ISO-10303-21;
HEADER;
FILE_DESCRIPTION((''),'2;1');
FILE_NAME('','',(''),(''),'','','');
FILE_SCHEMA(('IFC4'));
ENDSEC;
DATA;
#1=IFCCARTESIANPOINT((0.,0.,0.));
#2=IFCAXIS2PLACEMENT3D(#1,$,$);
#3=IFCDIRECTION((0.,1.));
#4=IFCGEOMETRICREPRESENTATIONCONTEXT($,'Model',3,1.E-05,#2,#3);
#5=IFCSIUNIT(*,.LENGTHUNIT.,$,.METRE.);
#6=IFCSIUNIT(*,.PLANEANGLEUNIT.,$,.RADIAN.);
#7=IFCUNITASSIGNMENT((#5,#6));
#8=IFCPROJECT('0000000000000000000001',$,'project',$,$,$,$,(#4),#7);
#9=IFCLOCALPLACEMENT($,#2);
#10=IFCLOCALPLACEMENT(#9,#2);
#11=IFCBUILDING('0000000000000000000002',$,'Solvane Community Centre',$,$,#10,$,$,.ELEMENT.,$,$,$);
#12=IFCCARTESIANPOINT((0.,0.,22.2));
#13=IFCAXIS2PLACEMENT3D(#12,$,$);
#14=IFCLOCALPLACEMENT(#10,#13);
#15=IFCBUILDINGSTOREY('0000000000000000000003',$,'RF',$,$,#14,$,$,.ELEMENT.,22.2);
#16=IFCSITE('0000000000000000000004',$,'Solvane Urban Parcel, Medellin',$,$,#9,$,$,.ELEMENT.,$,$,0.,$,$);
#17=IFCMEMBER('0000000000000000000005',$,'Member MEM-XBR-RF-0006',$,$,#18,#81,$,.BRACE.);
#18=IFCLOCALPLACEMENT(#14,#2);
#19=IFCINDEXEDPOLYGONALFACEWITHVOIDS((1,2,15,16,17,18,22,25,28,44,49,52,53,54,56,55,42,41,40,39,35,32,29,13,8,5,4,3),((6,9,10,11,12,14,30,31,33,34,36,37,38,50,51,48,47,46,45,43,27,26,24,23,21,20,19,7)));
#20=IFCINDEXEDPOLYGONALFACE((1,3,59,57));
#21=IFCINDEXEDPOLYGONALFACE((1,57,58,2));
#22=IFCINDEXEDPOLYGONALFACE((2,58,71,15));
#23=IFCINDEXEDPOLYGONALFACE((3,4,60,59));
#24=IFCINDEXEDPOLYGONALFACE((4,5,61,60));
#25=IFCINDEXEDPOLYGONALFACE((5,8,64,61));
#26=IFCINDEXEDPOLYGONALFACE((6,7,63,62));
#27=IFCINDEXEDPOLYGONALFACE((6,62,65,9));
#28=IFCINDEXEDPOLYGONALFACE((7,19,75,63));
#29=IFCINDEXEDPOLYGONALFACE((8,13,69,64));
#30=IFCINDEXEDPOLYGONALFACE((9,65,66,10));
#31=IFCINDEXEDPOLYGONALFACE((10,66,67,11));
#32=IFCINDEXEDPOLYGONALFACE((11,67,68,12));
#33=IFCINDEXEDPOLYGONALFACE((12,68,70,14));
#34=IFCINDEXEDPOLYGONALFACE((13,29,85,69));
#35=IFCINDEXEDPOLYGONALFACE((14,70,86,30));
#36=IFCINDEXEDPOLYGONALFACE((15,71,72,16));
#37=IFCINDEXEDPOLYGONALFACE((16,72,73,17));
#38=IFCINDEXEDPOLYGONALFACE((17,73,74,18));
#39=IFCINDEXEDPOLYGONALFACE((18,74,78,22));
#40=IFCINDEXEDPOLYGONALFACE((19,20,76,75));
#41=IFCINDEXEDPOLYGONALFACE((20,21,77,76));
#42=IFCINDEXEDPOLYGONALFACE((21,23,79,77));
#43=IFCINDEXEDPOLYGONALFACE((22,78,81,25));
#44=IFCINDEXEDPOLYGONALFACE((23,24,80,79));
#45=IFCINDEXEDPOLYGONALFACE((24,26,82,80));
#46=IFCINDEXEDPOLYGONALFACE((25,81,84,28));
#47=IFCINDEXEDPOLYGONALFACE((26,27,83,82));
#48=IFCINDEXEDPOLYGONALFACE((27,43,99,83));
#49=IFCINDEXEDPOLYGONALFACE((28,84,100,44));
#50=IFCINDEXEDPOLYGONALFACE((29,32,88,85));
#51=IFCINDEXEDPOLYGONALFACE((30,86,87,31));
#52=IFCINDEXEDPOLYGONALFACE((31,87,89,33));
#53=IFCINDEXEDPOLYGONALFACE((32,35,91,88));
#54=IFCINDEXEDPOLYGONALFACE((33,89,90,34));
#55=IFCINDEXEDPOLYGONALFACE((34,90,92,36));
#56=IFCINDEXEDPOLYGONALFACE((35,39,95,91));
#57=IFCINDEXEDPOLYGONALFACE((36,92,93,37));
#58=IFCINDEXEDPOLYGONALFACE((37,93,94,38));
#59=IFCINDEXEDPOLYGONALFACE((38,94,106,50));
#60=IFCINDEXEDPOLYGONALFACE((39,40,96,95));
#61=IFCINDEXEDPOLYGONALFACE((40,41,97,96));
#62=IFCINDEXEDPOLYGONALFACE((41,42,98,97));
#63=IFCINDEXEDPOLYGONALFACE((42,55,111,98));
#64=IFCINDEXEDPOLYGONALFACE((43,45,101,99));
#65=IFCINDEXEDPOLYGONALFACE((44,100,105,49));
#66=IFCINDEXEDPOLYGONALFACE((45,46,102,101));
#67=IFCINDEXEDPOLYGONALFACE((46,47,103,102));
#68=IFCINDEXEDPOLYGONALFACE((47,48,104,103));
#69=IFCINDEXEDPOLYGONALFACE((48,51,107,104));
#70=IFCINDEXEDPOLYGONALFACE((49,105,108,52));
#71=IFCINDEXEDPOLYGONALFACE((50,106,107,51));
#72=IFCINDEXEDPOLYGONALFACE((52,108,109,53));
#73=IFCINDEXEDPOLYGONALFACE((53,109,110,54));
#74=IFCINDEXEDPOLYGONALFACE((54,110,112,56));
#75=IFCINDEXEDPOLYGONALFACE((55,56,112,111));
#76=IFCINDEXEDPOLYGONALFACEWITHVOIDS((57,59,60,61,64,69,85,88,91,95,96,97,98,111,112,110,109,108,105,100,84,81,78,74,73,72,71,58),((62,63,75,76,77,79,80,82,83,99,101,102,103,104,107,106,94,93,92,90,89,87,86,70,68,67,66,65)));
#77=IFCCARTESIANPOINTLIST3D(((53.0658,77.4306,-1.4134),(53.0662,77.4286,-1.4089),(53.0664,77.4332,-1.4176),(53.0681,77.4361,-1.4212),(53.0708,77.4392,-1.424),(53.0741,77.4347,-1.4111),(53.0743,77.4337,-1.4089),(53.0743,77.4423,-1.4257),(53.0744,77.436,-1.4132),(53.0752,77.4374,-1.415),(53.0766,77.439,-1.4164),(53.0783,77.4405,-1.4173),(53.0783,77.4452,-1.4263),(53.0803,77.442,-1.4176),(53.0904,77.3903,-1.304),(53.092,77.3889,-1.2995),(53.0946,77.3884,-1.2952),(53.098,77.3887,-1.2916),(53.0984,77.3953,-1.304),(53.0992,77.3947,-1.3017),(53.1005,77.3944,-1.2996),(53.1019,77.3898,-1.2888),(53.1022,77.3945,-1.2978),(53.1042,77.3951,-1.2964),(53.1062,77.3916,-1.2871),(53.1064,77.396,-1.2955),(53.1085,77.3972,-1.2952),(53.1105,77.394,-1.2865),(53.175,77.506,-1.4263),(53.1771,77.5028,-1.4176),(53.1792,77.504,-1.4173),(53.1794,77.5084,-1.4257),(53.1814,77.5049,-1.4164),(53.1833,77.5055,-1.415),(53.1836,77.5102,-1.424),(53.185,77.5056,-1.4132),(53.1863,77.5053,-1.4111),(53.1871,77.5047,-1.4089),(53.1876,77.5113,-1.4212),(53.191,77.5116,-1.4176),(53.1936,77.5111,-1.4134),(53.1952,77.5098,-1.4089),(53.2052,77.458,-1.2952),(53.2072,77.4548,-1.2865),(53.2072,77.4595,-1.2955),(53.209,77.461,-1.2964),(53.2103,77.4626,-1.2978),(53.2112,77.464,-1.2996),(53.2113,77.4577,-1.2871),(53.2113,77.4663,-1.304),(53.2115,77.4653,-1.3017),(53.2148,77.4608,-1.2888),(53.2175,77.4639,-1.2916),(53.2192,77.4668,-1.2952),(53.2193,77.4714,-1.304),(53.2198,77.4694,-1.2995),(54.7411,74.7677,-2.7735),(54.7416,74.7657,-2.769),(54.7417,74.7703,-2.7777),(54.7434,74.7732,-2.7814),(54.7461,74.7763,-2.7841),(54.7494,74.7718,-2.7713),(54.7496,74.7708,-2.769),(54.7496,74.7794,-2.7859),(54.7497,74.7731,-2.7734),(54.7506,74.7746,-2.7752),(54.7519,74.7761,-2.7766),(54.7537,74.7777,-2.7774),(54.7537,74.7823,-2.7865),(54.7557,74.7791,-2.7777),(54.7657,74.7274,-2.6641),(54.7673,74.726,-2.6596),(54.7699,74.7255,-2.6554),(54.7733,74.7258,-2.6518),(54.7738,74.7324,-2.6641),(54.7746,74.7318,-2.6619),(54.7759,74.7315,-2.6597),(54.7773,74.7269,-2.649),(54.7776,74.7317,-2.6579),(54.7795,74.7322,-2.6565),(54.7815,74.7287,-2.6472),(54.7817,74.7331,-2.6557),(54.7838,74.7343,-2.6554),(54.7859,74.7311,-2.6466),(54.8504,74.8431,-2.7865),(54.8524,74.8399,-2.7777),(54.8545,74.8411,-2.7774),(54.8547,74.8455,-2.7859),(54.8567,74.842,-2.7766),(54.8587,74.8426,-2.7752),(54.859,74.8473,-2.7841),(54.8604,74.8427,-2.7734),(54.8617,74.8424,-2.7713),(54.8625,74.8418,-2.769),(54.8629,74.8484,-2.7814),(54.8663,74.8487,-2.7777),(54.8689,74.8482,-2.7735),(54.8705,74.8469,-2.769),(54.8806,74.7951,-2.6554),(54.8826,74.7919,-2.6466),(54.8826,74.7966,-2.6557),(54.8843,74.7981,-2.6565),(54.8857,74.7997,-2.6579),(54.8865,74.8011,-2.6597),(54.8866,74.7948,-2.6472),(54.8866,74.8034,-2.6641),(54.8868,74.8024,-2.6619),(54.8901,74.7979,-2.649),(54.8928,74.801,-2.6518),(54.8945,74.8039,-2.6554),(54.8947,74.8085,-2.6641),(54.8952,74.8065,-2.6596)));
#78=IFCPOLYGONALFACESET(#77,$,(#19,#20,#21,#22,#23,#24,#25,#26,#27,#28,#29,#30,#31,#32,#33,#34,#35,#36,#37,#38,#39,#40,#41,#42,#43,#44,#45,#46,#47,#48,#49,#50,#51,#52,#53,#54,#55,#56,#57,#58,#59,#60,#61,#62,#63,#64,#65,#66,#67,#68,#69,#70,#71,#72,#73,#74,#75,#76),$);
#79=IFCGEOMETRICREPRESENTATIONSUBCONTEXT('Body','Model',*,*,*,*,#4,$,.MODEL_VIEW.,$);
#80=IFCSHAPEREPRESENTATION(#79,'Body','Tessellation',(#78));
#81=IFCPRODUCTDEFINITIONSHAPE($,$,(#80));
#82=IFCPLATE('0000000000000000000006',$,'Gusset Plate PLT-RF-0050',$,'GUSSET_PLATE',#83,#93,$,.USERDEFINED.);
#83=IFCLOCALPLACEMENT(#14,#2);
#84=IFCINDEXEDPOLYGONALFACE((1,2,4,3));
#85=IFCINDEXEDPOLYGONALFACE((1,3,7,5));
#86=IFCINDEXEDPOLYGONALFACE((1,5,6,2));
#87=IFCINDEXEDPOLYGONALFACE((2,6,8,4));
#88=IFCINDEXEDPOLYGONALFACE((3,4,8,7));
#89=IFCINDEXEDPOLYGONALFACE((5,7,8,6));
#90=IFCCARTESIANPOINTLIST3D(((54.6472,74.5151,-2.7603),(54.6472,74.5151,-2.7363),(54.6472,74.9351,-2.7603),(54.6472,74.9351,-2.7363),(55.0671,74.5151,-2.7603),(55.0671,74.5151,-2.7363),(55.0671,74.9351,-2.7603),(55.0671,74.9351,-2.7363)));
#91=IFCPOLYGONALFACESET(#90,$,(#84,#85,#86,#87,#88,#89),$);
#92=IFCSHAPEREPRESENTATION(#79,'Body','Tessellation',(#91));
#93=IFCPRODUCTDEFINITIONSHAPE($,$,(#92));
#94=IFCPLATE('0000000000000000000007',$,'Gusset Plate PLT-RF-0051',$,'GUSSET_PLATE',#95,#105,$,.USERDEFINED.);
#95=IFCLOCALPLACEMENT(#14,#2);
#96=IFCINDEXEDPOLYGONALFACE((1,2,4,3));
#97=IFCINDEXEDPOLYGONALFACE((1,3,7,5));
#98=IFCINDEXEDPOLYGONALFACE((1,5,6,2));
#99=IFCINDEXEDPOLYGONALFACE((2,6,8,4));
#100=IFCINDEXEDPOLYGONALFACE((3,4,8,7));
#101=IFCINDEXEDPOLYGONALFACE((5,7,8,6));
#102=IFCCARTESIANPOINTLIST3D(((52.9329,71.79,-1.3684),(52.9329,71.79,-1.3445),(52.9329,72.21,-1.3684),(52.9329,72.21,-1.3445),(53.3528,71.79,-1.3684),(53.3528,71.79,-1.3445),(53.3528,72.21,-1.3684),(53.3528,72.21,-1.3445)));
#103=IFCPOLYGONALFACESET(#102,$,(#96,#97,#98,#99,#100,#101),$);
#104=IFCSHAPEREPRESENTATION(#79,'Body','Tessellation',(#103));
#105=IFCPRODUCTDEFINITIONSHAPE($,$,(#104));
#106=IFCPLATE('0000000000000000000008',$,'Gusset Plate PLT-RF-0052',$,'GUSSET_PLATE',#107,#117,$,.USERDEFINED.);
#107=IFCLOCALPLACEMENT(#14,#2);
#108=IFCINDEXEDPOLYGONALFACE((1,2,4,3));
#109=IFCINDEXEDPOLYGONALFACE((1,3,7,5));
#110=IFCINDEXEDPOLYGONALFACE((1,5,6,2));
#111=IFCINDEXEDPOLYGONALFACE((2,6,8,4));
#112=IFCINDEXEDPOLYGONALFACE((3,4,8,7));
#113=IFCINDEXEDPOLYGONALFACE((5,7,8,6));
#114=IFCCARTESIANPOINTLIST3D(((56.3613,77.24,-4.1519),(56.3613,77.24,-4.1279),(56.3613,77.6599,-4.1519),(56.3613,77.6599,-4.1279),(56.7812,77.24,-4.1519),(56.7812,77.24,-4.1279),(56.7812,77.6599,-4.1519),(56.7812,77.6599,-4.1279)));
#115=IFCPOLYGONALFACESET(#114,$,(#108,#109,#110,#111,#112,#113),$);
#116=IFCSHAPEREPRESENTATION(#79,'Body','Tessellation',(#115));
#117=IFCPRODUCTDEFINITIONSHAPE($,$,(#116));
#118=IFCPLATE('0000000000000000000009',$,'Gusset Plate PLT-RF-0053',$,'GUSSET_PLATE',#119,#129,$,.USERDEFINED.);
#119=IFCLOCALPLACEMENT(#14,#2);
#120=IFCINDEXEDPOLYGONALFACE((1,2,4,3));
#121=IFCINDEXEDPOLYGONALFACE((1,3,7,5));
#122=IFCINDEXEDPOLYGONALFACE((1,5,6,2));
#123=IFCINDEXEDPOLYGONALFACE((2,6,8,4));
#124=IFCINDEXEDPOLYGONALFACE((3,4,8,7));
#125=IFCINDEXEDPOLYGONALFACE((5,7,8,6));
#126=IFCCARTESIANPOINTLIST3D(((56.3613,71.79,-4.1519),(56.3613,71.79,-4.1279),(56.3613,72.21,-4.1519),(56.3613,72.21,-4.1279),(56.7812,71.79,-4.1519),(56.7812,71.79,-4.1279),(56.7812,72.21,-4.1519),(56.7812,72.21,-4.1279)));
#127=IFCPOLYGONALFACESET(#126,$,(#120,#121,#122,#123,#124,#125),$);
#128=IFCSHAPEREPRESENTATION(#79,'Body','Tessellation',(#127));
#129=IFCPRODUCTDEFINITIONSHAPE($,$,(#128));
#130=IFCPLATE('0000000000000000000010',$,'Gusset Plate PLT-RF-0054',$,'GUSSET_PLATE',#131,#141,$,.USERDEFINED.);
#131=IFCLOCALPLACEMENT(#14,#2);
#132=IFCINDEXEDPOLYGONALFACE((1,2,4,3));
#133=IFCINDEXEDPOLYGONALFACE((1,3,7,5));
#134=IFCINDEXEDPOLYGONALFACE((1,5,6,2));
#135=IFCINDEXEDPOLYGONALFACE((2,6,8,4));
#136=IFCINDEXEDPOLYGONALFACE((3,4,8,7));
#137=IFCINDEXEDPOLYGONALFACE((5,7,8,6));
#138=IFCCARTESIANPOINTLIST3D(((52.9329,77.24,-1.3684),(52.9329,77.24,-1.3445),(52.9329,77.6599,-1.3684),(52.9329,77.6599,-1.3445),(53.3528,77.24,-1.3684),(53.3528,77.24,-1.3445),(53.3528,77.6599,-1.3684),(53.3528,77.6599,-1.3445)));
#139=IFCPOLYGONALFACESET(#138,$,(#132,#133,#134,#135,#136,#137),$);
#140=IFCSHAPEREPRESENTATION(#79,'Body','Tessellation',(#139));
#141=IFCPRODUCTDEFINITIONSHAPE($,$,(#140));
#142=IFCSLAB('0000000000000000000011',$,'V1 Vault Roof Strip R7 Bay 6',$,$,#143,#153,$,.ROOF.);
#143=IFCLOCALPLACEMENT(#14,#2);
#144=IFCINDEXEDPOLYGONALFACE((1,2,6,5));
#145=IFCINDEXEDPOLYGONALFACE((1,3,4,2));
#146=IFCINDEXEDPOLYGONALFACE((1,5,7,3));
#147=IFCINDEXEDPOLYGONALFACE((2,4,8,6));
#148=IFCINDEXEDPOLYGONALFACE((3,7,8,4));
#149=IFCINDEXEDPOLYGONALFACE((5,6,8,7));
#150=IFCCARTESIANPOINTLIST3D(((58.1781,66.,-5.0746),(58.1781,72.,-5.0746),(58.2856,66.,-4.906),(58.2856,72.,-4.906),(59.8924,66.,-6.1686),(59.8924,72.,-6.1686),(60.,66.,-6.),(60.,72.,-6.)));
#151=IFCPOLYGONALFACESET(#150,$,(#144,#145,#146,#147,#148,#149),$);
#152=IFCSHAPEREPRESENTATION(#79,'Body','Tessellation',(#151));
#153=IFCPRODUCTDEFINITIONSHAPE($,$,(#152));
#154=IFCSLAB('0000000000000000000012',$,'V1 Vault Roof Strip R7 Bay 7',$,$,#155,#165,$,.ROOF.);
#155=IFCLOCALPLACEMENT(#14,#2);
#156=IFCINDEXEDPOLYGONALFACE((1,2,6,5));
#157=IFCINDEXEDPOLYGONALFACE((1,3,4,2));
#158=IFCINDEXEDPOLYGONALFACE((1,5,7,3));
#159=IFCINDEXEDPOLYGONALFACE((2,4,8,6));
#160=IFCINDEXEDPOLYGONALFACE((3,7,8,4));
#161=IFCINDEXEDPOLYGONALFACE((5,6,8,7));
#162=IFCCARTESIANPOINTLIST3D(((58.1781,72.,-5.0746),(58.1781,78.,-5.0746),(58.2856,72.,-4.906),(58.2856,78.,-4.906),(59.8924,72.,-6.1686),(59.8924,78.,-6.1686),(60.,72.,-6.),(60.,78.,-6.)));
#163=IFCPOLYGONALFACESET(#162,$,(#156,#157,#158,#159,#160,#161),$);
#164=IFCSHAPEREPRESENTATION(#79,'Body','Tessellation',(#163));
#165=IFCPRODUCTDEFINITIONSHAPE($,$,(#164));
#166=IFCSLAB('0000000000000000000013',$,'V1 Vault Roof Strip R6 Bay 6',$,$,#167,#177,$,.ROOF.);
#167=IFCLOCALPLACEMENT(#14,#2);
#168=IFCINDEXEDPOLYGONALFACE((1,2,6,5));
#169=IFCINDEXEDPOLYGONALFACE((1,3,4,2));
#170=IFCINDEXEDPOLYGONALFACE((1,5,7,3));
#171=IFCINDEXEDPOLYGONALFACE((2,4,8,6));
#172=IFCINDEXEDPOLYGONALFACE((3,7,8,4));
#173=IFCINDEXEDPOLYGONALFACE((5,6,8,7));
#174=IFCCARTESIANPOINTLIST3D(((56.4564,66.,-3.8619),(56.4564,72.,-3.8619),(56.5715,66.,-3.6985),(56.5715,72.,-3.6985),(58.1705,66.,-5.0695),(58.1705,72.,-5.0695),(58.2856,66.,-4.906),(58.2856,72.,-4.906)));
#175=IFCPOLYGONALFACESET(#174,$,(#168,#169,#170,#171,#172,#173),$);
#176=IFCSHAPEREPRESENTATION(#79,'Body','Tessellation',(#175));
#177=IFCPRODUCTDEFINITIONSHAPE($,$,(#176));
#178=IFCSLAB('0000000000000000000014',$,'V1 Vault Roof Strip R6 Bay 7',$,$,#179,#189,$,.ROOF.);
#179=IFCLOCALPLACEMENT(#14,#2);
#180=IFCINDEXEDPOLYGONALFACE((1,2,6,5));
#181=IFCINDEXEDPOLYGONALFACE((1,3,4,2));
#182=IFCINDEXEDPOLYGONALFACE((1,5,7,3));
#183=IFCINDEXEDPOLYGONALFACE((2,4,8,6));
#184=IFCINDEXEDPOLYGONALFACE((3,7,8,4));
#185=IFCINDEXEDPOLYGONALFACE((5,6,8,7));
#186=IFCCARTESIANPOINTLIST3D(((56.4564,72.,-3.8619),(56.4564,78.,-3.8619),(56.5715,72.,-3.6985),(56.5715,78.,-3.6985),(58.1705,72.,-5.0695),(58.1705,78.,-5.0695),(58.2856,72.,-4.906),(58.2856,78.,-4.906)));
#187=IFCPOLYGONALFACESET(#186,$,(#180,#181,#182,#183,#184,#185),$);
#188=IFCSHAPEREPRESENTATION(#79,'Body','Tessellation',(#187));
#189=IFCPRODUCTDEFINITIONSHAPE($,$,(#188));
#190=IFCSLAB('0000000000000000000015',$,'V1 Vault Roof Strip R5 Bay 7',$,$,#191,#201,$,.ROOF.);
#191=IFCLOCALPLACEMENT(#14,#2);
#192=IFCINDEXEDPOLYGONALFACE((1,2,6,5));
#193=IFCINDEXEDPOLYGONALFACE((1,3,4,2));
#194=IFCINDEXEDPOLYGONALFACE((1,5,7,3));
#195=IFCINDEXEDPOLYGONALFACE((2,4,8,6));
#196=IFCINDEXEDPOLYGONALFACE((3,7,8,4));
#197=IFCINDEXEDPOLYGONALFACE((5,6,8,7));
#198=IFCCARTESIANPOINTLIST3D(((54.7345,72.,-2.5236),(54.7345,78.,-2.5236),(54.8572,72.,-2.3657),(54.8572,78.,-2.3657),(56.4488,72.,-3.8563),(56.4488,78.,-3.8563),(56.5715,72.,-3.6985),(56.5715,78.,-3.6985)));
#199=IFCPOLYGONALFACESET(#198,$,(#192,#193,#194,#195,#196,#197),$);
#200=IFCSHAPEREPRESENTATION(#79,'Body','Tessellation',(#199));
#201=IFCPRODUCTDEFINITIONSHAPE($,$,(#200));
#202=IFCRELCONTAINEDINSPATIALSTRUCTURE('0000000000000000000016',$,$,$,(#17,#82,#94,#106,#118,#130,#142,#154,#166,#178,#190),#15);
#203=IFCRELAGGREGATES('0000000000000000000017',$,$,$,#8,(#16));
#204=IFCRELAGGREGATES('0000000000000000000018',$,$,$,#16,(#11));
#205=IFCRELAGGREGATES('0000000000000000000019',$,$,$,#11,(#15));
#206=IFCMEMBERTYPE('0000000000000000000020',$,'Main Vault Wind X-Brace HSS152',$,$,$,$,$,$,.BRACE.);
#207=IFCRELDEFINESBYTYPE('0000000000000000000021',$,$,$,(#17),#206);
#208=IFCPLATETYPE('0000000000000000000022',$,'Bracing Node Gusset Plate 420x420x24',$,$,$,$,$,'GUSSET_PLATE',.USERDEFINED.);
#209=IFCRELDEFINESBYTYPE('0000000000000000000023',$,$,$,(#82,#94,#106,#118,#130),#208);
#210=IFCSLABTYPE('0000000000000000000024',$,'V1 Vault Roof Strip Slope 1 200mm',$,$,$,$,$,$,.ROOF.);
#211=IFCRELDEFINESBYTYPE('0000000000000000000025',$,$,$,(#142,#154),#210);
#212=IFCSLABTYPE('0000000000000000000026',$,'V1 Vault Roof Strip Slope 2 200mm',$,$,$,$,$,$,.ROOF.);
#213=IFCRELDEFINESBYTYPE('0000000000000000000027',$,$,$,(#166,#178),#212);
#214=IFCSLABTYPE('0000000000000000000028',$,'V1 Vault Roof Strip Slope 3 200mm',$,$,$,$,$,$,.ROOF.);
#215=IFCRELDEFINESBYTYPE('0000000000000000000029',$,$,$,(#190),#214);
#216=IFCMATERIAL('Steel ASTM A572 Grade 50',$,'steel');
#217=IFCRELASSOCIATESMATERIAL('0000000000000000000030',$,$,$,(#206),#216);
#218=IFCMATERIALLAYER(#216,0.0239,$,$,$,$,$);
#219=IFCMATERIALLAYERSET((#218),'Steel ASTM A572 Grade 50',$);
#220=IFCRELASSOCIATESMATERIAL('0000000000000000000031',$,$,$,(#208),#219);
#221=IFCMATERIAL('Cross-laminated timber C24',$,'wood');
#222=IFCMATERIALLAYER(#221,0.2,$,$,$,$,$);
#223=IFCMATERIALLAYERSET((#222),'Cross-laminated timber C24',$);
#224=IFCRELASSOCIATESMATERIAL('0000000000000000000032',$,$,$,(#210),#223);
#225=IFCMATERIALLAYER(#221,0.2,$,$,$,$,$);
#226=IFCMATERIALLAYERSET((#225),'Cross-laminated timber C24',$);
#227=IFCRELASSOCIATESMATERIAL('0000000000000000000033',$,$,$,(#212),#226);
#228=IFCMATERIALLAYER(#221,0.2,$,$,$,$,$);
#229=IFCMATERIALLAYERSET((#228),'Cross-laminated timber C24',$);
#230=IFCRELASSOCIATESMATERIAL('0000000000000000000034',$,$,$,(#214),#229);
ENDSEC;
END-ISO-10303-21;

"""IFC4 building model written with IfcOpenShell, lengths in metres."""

from ifc_helpers import new_model, si_unit, direction, frame, origin, origin_2d, place, context, subcontext, project, spatial, polyline, rectangle, hollow_rectangle, outline, extrude, material, layer, layer_set, material_profile, profile_set, type_object, element, save


model = new_model("IFC4")

# Units and contexts
model_context = context("Model", 3, precision=1e-05, world=origin(), true_north=direction((0.0, 1.0)))
body_context = subcontext(model_context, "Body", "Model", "MODEL_VIEW")
ifc_project = project(units=[si_unit("LENGTHUNIT", "METRE"), si_unit("PLANEANGLEUNIT", "RADIAN")], contexts=[model_context])

# Site, building, storey
site_placement = place(None, origin())
site = spatial("IfcSite", under=ifc_project, at=site_placement, Name="Solvane Urban Parcel, Medellin", CompositionType="ELEMENT", RefElevation=0.0)
building_placement = place(site_placement, origin())
building = spatial("IfcBuilding", under=site, at=building_placement, Name="Solvane Community Centre", CompositionType="ELEMENT")
storey_placement = place(building_placement, frame((0.0, 0.0, 22.2)))
storey = spatial("IfcBuildingStorey", under=building, at=storey_placement, Name="RF", CompositionType="ELEMENT", Elevation=22.2)

# Member
ifc_material_1 = material(Name="Steel ASTM A572 Grade 50", Category="steel")
ifc_material_profile_1 = material_profile(ifc_material_1, hollow_rectangle(XDim=0.1523, YDim=0.1523, WallThickness=0.0095, InnerFilletRadius=0.0095, OuterFilletRadius=0.019, at=origin_2d()), Name="HSS 152x152x9.5")
ifc_profile_set_1 = profile_set([ifc_material_profile_1], Name="Steel ASTM A572 Grade 50")
member_type_1 = type_object("IfcMemberType", Name="Main Vault Wind X-Brace HSS152", PredefinedType="BRACE", material=ifc_profile_set_1)
member_1_placement = place(storey_placement, frame((54.8181, 74.7871, -2.7166), z_axis=(-0.488791, 0.776923, 0.396831), x_axis=(-0.846421, -0.532515, 0.0)))
element("IfcMember", 1, at=member_1_placement, inside=storey, type_object=member_type_1, Name="Member MEM-XBR-RF-0006", PredefinedType="BRACE", context=body_context, shape_type="SweptSolid", body=[
    extrude(hollow_rectangle(XDim=0.1523, YDim=0.1523, WallThickness=0.0095, InnerFilletRadius=0.0095, OuterFilletRadius=0.019, at=origin_2d()), origin(), (0.0, 0.0, 1.0), 3.4275),
])

# Plates
ifc_layer_1 = layer(ifc_material_1, 0.0239)
ifc_layer_set_1 = layer_set([ifc_layer_1], Name="Steel ASTM A572 Grade 50")
plate_type = type_object("IfcPlateType", Name="Bracing Node Gusset Plate 420x420x24", ElementType="GUSSET_PLATE", PredefinedType="USERDEFINED", material=ifc_layer_set_1)
for number, where, z_axis, x_axis, name in (
    (2, (54.8572, 74.7251, -2.7603), (0.0, 0.0, 1.0), (1.0, 0.0, 0.0), "Gusset Plate PLT-RF-0050"),
    (3, (53.1428, 72.0, -1.3684), (0.0, 0.0, 1.0), (1.0, 0.0, 0.0), "Gusset Plate PLT-RF-0051"),
    (4, (56.5713, 77.45, -4.1519), (0.0, 0.0, 1.0), (1.0, 0.0, 0.0), "Gusset Plate PLT-RF-0052"),
    (5, (56.5713, 72.0, -4.1519), (0.0, 0.0, 1.0), (1.0, 0.0, 0.0), "Gusset Plate PLT-RF-0053"),
    (6, (53.1428, 77.45, -1.3684), (0.0, 0.0, 1.0), (1.0, 0.0, 0.0), "Gusset Plate PLT-RF-0054"),
):
    element("IfcPlate", number, at=place(storey_placement, frame(where, z_axis=z_axis, x_axis=x_axis)), inside=storey, type_object=plate_type, Name=name, ObjectType="GUSSET_PLATE", PredefinedType="USERDEFINED", context=body_context, shape_type="SweptSolid", body=[
        extrude(rectangle(XDim=0.4199, YDim=0.4199, at=origin_2d()), origin(), (0.0, 0.0, 1.0), 0.0239),
    ])

# Slabs
ifc_material_2 = material(Name="Cross-laminated timber C24", Category="wood")
ifc_layer_2 = layer(ifc_material_2, 0.2)
ifc_layer_set_2 = layer_set([ifc_layer_2], Name="Cross-laminated timber C24")
slab_type_1 = type_object("IfcSlabType", Name="V1 Vault Roof Strip Slope 1 200mm", PredefinedType="ROOF", material=ifc_layer_set_2)
for number, where, z_axis, x_axis, name in (
    (7, (58.2856, 66.0, -4.906), (0.537939, 0.0, 0.842984), (0.842984, 0.0, -0.537939), "V1 Vault Roof Strip R7 Bay 6"),
    (8, (58.2856, 72.0, -4.906), (0.537939, 0.0, 0.842984), (0.842984, 0.0, -0.537939), "V1 Vault Roof Strip R7 Bay 7"),
):
    element("IfcSlab", number, at=place(storey_placement, frame(where, z_axis=z_axis, x_axis=x_axis)), inside=storey, type_object=slab_type_1, Name=name, PredefinedType="ROOF", context=body_context, shape_type="SweptSolid", body=[
        extrude(outline(polyline([(0.0, 0.0), (2.0337, 0.0), (2.0337, 6.0), (0.0, 6.0), (0.0, 0.0)])), origin(), (0.0, 0.0, -1.0), 0.2),
    ])
ifc_layer_3 = layer(ifc_material_2, 0.2)
ifc_layer_set_3 = layer_set([ifc_layer_3], Name="Cross-laminated timber C24")
slab_type_2 = type_object("IfcSlabType", Name="V1 Vault Roof Strip Slope 2 200mm", PredefinedType="ROOF", material=ifc_layer_set_3)
for number, where, z_axis, x_axis, name in (
    (9, (56.5715, 66.0, -3.6985), (0.575906, 0.0, 0.817516), (0.817516, 0.0, -0.575906), "V1 Vault Roof Strip R6 Bay 6"),
    (10, (56.5715, 72.0, -3.6985), (0.575906, 0.0, 0.817516), (0.817516, 0.0, -0.575906), "V1 Vault Roof Strip R6 Bay 7"),
):
    element("IfcSlab", number, at=place(storey_placement, frame(where, z_axis=z_axis, x_axis=x_axis)), inside=storey, type_object=slab_type_2, Name=name, PredefinedType="ROOF", context=body_context, shape_type="SweptSolid", body=[
        extrude(outline(polyline([(0.0, 0.0), (2.0967, 0.0), (2.0967, 6.0), (0.0, 6.0), (0.0, 0.0)])), origin(), (0.0, 0.0, -1.0), 0.2),
    ])
ifc_layer_4 = layer(ifc_material_2, 0.2)
ifc_layer_set_4 = layer_set([ifc_layer_4], Name="Cross-laminated timber C24")
slab_type_3 = type_object("IfcSlabType", Name="V1 Vault Roof Strip Slope 3 200mm", PredefinedType="ROOF", material=ifc_layer_set_4)
slab_1_placement = place(storey_placement, frame((54.8572, 72.0, -2.3657), z_axis=(0.613762, 0.0, 0.789491), x_axis=(0.789491, 0.0, -0.613762)))
element("IfcSlab", 11, at=slab_1_placement, inside=storey, type_object=slab_type_3, Name="V1 Vault Roof Strip R5 Bay 7", PredefinedType="ROOF", context=body_context, shape_type="SweptSolid", body=[
    extrude(outline(polyline([(0.0, 0.0), (2.1715, 0.0), (2.1715, 6.0), (0.0, 6.0), (0.0, 0.0)])), origin(), (0.0, 0.0, -1.0), 0.2),
])

save(model, "model.ifc")
